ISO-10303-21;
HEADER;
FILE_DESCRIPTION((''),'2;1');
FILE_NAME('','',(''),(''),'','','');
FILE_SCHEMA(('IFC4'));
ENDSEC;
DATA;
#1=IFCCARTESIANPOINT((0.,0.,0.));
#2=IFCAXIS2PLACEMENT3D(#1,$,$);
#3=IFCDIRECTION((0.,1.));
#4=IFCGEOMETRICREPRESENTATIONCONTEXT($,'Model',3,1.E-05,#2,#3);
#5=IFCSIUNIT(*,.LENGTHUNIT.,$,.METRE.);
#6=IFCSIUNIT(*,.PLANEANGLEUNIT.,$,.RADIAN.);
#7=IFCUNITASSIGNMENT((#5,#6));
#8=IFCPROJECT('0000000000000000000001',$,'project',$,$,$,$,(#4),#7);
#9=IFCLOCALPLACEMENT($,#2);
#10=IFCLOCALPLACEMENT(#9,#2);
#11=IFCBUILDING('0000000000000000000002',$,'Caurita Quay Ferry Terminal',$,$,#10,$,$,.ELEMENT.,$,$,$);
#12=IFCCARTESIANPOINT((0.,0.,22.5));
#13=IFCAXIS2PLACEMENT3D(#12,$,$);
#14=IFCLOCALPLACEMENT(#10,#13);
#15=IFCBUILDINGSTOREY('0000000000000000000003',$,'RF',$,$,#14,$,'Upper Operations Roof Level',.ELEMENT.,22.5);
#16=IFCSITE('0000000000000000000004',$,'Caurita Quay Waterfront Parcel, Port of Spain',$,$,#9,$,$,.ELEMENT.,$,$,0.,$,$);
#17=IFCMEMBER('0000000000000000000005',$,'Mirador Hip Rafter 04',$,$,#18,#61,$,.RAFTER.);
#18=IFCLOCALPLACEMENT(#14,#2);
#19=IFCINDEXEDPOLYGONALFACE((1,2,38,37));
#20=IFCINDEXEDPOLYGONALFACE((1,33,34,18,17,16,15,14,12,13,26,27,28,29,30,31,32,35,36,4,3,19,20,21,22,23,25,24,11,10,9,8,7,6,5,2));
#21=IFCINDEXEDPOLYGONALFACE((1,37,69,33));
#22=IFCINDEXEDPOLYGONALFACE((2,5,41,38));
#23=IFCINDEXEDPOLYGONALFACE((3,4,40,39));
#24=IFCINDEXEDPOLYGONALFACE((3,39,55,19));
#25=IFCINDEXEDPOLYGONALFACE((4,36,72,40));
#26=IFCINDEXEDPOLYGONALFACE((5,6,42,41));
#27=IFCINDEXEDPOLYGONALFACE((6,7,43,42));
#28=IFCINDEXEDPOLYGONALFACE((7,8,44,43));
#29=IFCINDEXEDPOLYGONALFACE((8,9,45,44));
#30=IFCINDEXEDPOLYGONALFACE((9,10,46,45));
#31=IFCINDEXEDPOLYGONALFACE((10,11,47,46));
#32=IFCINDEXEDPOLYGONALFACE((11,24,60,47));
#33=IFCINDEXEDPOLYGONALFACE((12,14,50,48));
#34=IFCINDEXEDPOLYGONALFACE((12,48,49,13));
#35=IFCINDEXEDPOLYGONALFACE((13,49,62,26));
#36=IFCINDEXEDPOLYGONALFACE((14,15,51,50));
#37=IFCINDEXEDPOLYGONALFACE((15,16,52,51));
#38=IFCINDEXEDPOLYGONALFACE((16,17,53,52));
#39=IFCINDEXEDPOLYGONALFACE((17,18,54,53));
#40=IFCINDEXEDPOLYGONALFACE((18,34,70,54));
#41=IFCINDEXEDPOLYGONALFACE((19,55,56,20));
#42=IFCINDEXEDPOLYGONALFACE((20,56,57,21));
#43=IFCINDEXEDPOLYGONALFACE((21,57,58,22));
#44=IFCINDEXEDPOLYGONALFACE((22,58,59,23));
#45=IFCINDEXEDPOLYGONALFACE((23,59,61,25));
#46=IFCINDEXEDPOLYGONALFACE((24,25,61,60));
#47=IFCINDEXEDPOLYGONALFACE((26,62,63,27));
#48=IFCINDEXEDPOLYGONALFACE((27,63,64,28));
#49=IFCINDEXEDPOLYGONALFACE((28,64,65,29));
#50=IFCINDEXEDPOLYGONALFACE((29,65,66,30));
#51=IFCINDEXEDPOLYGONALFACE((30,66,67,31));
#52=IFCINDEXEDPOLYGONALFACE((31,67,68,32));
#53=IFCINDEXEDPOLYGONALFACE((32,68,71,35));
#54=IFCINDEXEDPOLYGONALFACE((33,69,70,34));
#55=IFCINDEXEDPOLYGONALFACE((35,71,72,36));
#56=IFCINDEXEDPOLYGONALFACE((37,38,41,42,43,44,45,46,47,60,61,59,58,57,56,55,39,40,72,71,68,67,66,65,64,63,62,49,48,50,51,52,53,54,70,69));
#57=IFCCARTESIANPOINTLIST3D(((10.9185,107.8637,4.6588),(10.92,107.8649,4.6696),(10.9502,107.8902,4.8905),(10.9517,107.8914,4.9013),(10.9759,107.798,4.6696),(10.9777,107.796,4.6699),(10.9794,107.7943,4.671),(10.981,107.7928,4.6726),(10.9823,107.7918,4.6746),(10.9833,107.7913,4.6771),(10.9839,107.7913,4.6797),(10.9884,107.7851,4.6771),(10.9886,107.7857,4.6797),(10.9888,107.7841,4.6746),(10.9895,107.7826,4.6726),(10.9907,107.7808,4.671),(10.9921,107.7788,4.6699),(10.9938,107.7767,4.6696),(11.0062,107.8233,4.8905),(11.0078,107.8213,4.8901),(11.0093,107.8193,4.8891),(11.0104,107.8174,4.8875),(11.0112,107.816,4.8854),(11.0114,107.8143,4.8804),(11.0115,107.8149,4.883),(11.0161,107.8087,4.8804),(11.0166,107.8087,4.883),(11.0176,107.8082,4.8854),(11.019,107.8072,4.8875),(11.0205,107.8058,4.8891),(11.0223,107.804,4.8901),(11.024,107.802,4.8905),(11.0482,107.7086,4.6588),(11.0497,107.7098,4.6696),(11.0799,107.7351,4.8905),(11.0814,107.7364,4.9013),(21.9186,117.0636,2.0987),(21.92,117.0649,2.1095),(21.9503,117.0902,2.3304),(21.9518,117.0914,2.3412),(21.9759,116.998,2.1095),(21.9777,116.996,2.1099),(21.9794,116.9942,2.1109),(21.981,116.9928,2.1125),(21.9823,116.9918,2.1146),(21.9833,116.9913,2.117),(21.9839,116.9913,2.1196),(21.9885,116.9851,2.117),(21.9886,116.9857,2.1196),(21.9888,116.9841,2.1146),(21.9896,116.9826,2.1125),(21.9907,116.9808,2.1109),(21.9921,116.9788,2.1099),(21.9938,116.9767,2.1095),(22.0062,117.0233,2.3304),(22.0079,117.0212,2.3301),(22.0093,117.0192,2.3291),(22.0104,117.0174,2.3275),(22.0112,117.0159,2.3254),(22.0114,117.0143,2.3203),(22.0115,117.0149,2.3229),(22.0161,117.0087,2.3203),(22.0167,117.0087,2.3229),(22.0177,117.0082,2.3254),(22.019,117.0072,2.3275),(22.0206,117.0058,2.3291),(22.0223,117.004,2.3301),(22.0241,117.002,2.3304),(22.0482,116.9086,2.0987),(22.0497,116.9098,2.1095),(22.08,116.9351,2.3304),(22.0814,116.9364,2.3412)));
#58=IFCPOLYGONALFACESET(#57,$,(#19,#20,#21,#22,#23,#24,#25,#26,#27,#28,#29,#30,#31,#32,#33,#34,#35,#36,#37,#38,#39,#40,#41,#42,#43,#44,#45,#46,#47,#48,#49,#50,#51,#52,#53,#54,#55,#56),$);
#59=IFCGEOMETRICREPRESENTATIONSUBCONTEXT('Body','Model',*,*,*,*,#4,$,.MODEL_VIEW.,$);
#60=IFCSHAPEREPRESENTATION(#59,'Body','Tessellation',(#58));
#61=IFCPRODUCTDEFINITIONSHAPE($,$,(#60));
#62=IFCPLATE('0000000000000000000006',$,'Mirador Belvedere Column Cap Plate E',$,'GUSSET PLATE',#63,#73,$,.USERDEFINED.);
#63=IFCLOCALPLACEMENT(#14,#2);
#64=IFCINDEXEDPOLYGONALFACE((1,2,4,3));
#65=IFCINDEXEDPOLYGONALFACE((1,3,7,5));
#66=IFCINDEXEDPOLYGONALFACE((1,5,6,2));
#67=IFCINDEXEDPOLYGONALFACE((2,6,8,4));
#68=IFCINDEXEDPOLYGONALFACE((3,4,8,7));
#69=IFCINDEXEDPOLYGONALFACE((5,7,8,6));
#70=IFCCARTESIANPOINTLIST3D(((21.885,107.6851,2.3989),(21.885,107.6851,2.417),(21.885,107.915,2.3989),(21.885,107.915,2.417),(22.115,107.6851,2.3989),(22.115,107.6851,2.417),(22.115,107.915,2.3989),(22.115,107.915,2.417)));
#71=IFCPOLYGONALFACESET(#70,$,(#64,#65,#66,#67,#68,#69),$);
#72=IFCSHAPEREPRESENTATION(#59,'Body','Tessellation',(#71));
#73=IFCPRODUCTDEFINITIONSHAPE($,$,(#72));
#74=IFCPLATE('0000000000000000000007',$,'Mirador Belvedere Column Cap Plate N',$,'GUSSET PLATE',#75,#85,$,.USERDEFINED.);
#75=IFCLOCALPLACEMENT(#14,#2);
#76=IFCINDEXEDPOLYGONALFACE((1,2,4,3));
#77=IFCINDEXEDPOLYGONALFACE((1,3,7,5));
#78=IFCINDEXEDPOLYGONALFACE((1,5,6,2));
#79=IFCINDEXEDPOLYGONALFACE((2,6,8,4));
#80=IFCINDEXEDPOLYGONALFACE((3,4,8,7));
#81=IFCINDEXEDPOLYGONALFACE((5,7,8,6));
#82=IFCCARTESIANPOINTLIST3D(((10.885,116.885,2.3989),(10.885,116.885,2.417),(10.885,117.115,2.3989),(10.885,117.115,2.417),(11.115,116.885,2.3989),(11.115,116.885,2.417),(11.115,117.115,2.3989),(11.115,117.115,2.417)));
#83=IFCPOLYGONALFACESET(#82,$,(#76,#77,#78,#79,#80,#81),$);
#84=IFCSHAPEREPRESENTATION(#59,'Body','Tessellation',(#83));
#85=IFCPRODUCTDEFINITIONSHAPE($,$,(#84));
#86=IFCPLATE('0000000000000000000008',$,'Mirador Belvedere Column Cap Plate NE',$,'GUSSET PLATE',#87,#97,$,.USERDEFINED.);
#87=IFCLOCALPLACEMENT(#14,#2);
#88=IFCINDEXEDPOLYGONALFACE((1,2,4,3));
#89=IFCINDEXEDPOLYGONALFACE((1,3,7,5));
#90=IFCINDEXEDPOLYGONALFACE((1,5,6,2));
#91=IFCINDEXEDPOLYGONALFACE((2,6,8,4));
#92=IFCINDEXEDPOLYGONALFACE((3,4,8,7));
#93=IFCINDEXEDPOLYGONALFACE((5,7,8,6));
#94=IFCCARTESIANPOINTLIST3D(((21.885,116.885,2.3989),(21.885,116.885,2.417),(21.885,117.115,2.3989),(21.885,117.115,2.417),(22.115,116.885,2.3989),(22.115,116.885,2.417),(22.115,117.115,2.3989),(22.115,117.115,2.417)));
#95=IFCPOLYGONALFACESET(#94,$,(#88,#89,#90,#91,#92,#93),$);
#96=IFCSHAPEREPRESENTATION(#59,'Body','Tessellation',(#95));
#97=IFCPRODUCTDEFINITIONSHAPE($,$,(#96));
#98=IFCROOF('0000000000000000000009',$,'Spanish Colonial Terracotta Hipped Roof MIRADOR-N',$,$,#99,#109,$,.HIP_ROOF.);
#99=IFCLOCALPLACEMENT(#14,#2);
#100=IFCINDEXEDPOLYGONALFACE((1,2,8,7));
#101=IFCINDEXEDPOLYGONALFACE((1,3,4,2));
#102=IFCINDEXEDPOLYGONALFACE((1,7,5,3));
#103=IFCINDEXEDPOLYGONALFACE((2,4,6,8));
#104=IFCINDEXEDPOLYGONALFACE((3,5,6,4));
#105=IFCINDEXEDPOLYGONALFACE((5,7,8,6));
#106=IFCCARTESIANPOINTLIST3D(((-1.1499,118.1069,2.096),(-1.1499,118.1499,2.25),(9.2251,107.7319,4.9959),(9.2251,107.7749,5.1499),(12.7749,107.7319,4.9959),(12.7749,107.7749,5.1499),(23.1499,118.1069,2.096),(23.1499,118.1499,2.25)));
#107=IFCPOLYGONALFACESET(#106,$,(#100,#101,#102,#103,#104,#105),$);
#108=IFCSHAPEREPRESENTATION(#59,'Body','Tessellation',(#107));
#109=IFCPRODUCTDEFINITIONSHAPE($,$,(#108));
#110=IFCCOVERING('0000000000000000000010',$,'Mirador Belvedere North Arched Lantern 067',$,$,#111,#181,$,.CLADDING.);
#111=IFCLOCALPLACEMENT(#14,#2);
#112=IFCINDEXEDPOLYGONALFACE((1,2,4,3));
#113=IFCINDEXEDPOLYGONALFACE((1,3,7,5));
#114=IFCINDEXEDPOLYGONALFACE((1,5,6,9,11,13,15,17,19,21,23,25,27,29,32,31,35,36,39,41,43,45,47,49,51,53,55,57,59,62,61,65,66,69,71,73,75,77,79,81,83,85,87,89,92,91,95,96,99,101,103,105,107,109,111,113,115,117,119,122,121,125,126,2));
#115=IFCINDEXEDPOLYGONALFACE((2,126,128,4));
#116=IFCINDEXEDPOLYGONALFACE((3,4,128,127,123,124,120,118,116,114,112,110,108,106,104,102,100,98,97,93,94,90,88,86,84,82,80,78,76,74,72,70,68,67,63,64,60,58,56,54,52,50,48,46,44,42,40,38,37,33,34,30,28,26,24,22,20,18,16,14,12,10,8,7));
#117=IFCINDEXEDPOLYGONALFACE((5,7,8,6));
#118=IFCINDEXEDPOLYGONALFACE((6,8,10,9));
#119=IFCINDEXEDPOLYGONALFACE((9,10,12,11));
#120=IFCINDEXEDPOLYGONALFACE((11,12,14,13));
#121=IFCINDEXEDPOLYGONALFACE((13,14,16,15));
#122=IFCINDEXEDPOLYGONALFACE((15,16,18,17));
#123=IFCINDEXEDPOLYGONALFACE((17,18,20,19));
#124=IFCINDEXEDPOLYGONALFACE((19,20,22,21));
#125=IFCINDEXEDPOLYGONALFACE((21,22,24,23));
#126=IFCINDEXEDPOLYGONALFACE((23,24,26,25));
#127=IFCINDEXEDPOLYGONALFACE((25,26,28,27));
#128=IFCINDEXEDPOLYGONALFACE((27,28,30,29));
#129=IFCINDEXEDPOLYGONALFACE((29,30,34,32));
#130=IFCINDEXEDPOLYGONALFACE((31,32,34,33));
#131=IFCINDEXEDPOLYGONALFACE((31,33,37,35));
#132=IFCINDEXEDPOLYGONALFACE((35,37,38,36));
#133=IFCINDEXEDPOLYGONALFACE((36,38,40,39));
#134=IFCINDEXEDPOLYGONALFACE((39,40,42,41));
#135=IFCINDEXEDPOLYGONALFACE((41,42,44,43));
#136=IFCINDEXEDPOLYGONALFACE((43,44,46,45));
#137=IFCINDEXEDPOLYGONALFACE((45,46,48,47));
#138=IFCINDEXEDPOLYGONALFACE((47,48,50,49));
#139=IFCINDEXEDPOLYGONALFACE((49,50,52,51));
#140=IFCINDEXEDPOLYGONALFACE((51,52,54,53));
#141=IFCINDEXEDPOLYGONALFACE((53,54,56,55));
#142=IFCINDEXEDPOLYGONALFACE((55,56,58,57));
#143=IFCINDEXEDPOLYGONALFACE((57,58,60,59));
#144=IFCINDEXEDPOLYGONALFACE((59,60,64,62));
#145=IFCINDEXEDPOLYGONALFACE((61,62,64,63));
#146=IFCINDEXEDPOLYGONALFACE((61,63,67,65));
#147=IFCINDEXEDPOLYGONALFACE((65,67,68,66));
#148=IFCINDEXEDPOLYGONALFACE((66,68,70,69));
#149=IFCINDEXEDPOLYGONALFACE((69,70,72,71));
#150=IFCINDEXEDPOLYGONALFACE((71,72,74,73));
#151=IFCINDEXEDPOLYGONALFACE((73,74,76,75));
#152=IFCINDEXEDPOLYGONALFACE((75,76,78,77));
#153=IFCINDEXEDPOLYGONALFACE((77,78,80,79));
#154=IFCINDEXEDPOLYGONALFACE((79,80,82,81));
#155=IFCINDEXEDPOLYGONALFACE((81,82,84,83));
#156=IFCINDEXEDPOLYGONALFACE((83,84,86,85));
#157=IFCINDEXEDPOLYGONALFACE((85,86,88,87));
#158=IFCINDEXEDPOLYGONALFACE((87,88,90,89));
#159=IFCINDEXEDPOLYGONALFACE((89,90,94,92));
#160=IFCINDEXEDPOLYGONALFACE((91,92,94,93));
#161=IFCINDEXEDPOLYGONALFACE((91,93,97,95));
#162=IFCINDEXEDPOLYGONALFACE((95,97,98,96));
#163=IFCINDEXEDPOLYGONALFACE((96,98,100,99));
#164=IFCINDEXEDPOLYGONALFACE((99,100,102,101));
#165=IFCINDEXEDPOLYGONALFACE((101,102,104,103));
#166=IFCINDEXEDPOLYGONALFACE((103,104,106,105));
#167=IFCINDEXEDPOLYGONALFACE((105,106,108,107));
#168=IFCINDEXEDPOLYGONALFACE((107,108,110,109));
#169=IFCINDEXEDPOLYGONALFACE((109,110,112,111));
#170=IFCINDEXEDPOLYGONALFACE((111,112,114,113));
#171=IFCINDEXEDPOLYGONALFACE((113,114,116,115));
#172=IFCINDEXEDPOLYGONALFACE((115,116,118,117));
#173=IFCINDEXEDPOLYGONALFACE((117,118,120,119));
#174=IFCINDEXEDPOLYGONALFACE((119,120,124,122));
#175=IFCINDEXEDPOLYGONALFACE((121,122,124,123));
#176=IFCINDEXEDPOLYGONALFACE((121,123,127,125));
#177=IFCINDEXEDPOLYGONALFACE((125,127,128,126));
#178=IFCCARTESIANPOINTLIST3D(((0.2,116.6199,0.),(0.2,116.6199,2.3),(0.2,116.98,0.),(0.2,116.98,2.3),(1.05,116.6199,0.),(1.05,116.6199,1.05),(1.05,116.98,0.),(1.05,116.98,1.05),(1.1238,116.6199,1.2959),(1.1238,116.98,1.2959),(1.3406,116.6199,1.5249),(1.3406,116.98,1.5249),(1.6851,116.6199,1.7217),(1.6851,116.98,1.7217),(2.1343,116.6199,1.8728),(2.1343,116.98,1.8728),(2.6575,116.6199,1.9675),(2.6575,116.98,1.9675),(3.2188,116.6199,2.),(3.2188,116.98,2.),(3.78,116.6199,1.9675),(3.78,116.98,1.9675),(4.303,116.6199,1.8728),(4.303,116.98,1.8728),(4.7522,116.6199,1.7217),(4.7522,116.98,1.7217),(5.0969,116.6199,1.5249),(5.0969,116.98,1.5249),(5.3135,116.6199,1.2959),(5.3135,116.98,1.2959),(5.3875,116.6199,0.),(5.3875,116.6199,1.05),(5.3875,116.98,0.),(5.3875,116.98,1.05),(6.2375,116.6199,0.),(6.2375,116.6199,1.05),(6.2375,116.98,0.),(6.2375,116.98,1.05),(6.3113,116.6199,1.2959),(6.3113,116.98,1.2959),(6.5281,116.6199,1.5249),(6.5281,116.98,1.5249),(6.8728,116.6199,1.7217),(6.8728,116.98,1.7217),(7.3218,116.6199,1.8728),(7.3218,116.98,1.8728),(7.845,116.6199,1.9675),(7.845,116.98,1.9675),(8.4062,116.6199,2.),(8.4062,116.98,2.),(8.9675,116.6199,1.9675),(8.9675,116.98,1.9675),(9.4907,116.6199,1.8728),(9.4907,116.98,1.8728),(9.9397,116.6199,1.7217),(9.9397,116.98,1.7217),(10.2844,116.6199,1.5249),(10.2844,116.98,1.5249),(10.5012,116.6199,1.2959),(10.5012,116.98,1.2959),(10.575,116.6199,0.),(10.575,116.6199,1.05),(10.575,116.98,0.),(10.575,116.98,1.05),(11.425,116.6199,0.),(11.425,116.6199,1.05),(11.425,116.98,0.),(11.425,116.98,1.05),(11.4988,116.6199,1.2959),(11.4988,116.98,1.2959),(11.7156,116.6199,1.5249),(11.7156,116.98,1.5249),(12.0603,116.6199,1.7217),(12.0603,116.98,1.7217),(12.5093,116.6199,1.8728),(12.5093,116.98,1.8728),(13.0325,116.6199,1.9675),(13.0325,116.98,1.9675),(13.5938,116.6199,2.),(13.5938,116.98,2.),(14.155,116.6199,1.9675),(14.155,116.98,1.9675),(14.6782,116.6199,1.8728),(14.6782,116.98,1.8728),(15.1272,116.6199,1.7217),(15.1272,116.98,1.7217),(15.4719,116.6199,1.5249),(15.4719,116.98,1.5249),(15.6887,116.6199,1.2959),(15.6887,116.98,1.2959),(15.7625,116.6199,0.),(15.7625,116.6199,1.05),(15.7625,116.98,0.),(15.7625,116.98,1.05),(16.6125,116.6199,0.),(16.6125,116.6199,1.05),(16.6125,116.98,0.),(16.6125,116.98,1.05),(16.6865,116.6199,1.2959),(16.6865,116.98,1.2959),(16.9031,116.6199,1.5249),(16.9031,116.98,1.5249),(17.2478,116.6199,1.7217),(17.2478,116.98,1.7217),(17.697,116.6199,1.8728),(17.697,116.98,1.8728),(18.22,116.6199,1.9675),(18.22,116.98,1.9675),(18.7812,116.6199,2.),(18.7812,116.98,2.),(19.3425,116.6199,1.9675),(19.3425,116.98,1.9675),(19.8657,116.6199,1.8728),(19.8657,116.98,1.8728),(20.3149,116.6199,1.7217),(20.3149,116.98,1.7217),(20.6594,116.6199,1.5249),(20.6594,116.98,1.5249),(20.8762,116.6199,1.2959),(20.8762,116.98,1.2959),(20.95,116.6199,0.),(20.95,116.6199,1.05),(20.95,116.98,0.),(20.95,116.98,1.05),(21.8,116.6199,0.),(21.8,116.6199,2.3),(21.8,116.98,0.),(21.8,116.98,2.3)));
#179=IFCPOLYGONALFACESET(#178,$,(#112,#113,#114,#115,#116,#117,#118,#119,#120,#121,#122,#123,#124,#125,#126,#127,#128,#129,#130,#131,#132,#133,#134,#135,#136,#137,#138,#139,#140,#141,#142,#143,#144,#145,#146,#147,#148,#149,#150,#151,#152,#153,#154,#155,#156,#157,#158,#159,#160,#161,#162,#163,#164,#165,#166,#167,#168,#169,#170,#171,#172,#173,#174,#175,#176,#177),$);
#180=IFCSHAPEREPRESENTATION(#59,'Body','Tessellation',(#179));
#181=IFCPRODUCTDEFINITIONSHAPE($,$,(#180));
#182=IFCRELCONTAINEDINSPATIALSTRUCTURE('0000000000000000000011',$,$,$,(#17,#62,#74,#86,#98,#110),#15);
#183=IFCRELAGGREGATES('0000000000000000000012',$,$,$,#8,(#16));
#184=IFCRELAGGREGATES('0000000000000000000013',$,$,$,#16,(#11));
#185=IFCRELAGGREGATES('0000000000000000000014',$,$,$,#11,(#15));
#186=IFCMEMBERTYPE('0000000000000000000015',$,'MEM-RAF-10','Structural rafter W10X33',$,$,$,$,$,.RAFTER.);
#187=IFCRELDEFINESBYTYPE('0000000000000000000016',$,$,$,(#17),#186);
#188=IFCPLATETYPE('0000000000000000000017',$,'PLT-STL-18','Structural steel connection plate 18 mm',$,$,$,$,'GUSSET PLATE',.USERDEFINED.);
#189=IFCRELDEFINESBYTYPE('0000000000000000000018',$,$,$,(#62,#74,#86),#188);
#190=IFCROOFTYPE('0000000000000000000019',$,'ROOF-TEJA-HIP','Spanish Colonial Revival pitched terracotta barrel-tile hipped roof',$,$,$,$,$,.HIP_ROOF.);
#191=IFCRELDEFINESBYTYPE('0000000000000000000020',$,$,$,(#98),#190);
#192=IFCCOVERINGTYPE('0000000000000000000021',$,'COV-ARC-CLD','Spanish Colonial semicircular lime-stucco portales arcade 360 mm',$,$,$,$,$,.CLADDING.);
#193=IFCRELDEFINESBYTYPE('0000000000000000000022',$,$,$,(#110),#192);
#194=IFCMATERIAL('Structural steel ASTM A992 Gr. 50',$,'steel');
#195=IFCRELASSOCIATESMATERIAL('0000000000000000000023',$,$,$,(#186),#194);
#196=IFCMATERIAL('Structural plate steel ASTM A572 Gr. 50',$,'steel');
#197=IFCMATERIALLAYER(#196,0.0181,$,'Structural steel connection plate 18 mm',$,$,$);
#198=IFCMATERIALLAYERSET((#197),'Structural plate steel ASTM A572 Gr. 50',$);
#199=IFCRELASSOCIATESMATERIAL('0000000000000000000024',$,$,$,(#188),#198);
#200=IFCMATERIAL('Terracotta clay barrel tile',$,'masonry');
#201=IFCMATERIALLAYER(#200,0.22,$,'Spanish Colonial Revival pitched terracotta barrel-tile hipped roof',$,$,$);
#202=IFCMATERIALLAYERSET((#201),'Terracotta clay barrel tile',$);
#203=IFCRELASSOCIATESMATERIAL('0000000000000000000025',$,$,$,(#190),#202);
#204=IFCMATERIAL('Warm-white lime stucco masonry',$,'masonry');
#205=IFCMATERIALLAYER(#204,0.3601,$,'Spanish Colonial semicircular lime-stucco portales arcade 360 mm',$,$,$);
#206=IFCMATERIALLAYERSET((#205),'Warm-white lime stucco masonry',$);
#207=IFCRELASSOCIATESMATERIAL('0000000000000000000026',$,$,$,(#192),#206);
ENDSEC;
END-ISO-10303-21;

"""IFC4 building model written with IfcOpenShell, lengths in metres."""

from ifc_helpers import new_model, si_unit, direction, frame, origin, origin_2d, place, context, subcontext, project, spatial, polyline, rectangle, i_section, outline, extrude, material, layer, layer_set, material_profile, profile_set, type_object, element, save


model = new_model("IFC4")

# Units and contexts
model_context = context("Model", 3, precision=1e-05, world=origin(), true_north=direction((0.0, 1.0)))
body_context = subcontext(model_context, "Body", "Model", "MODEL_VIEW")
ifc_project = project(units=[si_unit("LENGTHUNIT", "METRE"), si_unit("PLANEANGLEUNIT", "RADIAN")], contexts=[model_context])

# Site, building, storey
site_placement = place(None, origin())
site = spatial("IfcSite", under=ifc_project, at=site_placement, Name="Caurita Quay Waterfront Parcel, Port of Spain", CompositionType="ELEMENT", RefElevation=0.0)
building_placement = place(site_placement, origin())
building = spatial("IfcBuilding", under=site, at=building_placement, Name="Caurita Quay Ferry Terminal", CompositionType="ELEMENT")
storey_placement = place(building_placement, frame((0.0, 0.0, 22.5)))
storey = spatial("IfcBuildingStorey", under=building, at=storey_placement, Name="RF", LongName="Upper Operations Roof Level", CompositionType="ELEMENT", Elevation=22.5)

# Shared definitions
ifc_material_1 = material(Name="Structural steel ASTM A992 Gr. 50", Category="steel")

# Member
ifc_material_profile_1 = material_profile(ifc_material_1, i_section(OverallWidth=0.2021, OverallDepth=0.2463, WebThickness=0.0073, FlangeThickness=0.011, FilletRadius=0.0103, at=origin_2d()), Name="W10X33")
ifc_profile_set_1 = profile_set([ifc_material_profile_1], Name="Structural steel ASTM A992 Gr. 50")
member_type = type_object("IfcMemberType", Name="MEM-RAF-10", Description="Structural rafter W10X33", PredefinedType="RAFTER", material=ifc_profile_set_1)
member_placement = place(storey_placement, frame((22.0, 117.0, 2.22), z_axis=(-0.755139, -0.631568, 0.175746), x_axis=(0.641553, -0.767079, 0.0)))
element("IfcMember", 1, at=member_placement, inside=storey, type_object=member_type, Name="Mirador Hip Rafter 04", PredefinedType="RAFTER", context=body_context, shape_type="SweptSolid", body=[
    extrude(i_section(OverallWidth=0.2021, OverallDepth=0.2463, WebThickness=0.0073, FlangeThickness=0.011, FilletRadius=0.0103, at=origin_2d()), origin(), (0.0, 0.0, 1.0), 14.5669),
])

# Plates
ifc_material_2 = material(Name="Structural plate steel ASTM A572 Gr. 50", Category="steel")
ifc_layer_1 = layer(ifc_material_2, 0.0181, Name="Structural steel connection plate 18 mm")
ifc_layer_set_1 = layer_set([ifc_layer_1], Name="Structural plate steel ASTM A572 Gr. 50")
plate_type = type_object("IfcPlateType", Name="PLT-STL-18", Description="Structural steel connection plate 18 mm", ElementType="GUSSET PLATE", PredefinedType="USERDEFINED", material=ifc_layer_set_1)
for number, where, z_axis, x_axis, name in (
    (2, (22.0, 107.8, 2.3989), (0.0, 0.0, 1.0), (1.0, 0.0, 0.0), "Mirador Belvedere Column Cap Plate E"),
    (3, (11.0, 117.0, 2.3989), (0.0, 0.0, 1.0), (1.0, 0.0, 0.0), "Mirador Belvedere Column Cap Plate N"),
    (4, (22.0, 117.0, 2.3989), (0.0, 0.0, 1.0), (1.0, 0.0, 0.0), "Mirador Belvedere Column Cap Plate NE"),
):
    element("IfcPlate", number, at=place(storey_placement, frame(where, z_axis=z_axis, x_axis=x_axis)), inside=storey, type_object=plate_type, Name=name, ObjectType="GUSSET PLATE", PredefinedType="USERDEFINED", context=body_context, shape_type="SweptSolid", body=[
        extrude(rectangle(XDim=0.23, YDim=0.23, at=origin_2d()), origin(), (0.0, 0.0, 1.0), 0.0181),
    ])

# Roof
ifc_material_3 = material(Name="Terracotta clay barrel tile", Category="masonry")
ifc_layer_2 = layer(ifc_material_3, 0.22, Name="Spanish Colonial Revival pitched terracotta barrel-tile hipped roof")
ifc_layer_set_2 = layer_set([ifc_layer_2], Name="Terracotta clay barrel tile")
roof_type = type_object("IfcRoofType", Name="ROOF-TEJA-HIP", Description="Spanish Colonial Revival pitched terracotta barrel-tile hipped roof", PredefinedType="HIP_ROOF", material=ifc_layer_set_2)
roof_placement = place(storey_placement, frame((23.1499, 118.1499, 2.25), z_axis=(0.0, 0.269191, 0.963087), x_axis=(-1.0, 0.0, 0.0)))
element("IfcRoof", 5, at=roof_placement, inside=storey, type_object=roof_type, Name="Spanish Colonial Terracotta Hipped Roof MIRADOR-N", PredefinedType="HIP_ROOF", context=body_context, shape_type="SweptSolid", body=[
    extrude(outline(polyline([(0.0, 0.0), (24.2998, 0.0), (13.9248, 10.7727), (10.375, 10.7727), (0.0, 0.0)])), origin(), (0.0, 0.0, -1.0), 0.1599),
])

# Covering
ifc_material_4 = material(Name="Warm-white lime stucco masonry", Category="masonry")
ifc_layer_3 = layer(ifc_material_4, 0.3601, Name="Spanish Colonial semicircular lime-stucco portales arcade 360 mm")
ifc_layer_set_3 = layer_set([ifc_layer_3], Name="Warm-white lime stucco masonry")
covering_type_1 = type_object("IfcCoveringType", Name="COV-ARC-CLD", Description="Spanish Colonial semicircular lime-stucco portales arcade 360 mm", PredefinedType="CLADDING", material=ifc_layer_set_3)
covering_1_placement = place(storey_placement, frame((21.8, 116.8, 0.0), z_axis=(0.0, 0.0, 1.0), x_axis=(-1.0, 0.0, 0.0)))
element("IfcCovering", 6, at=covering_1_placement, inside=storey, type_object=covering_type_1, Name="Mirador Belvedere North Arched Lantern 067", PredefinedType="CLADDING", context=body_context, shape_type="SweptSolid", body=[
    extrude(outline(polyline([(0.0, 0.0), (0.8501, 0.0), (0.8501, 1.05), (0.9238, 1.2959), (1.1406, 1.5249), (1.4851, 1.7217), (1.9343, 1.8728), (2.4575, 1.9675), (3.0188, 2.0), (3.5801, 1.9675), (4.103, 1.8728), (4.5522, 1.7217), (4.897, 1.5249), (5.1135, 1.2959), (5.1875, 1.05), (5.1875, 0.0), (6.0376, 0.0), (6.0376, 1.05), (6.1113, 1.2959), (6.3281, 1.5249), (6.6729, 1.7217), (7.1218, 1.8728), (7.645, 1.9675), (8.2063, 2.0), (8.7676, 1.9675), (9.2908, 1.8728), (9.7397, 1.7217), (10.0845, 1.5249), (10.3013, 1.2959), (10.375, 1.05), (10.375, 0.0), (11.2251, 0.0), (11.2251, 1.05), (11.2988, 1.2959), (11.5156, 1.5249), (11.8604, 1.7217), (12.3093, 1.8728), (12.8325, 1.9675), (13.3938, 2.0), (13.9551, 1.9675), (14.4783, 1.8728), (14.9272, 1.7217), (15.272, 1.5249), (15.4888, 1.2959), (15.5625, 1.05), (15.5625, 0.0), (16.4126, 0.0), (16.4126, 1.05), (16.4866, 1.2959), (16.7031, 1.5249), (17.0479, 1.7217), (17.4971, 1.8728), (18.02, 1.9675), (18.5813, 2.0), (19.1426, 1.9675), (19.6658, 1.8728), (20.115, 1.7217), (20.4595, 1.5249), (20.6763, 1.2959), (20.75, 1.05), (20.75, 0.0), (21.6001, 0.0), (21.6001, 2.3), (0.0, 2.3), (0.0, 0.0)])), frame((0.0, 0.1802, 0.0), z_axis=(0.0, -1.0, 0.0), x_axis=(1.0, 0.0, 0.0)), (0.0, 0.0, 1.0), 0.3601),
])

save(model, "model.ifc")
